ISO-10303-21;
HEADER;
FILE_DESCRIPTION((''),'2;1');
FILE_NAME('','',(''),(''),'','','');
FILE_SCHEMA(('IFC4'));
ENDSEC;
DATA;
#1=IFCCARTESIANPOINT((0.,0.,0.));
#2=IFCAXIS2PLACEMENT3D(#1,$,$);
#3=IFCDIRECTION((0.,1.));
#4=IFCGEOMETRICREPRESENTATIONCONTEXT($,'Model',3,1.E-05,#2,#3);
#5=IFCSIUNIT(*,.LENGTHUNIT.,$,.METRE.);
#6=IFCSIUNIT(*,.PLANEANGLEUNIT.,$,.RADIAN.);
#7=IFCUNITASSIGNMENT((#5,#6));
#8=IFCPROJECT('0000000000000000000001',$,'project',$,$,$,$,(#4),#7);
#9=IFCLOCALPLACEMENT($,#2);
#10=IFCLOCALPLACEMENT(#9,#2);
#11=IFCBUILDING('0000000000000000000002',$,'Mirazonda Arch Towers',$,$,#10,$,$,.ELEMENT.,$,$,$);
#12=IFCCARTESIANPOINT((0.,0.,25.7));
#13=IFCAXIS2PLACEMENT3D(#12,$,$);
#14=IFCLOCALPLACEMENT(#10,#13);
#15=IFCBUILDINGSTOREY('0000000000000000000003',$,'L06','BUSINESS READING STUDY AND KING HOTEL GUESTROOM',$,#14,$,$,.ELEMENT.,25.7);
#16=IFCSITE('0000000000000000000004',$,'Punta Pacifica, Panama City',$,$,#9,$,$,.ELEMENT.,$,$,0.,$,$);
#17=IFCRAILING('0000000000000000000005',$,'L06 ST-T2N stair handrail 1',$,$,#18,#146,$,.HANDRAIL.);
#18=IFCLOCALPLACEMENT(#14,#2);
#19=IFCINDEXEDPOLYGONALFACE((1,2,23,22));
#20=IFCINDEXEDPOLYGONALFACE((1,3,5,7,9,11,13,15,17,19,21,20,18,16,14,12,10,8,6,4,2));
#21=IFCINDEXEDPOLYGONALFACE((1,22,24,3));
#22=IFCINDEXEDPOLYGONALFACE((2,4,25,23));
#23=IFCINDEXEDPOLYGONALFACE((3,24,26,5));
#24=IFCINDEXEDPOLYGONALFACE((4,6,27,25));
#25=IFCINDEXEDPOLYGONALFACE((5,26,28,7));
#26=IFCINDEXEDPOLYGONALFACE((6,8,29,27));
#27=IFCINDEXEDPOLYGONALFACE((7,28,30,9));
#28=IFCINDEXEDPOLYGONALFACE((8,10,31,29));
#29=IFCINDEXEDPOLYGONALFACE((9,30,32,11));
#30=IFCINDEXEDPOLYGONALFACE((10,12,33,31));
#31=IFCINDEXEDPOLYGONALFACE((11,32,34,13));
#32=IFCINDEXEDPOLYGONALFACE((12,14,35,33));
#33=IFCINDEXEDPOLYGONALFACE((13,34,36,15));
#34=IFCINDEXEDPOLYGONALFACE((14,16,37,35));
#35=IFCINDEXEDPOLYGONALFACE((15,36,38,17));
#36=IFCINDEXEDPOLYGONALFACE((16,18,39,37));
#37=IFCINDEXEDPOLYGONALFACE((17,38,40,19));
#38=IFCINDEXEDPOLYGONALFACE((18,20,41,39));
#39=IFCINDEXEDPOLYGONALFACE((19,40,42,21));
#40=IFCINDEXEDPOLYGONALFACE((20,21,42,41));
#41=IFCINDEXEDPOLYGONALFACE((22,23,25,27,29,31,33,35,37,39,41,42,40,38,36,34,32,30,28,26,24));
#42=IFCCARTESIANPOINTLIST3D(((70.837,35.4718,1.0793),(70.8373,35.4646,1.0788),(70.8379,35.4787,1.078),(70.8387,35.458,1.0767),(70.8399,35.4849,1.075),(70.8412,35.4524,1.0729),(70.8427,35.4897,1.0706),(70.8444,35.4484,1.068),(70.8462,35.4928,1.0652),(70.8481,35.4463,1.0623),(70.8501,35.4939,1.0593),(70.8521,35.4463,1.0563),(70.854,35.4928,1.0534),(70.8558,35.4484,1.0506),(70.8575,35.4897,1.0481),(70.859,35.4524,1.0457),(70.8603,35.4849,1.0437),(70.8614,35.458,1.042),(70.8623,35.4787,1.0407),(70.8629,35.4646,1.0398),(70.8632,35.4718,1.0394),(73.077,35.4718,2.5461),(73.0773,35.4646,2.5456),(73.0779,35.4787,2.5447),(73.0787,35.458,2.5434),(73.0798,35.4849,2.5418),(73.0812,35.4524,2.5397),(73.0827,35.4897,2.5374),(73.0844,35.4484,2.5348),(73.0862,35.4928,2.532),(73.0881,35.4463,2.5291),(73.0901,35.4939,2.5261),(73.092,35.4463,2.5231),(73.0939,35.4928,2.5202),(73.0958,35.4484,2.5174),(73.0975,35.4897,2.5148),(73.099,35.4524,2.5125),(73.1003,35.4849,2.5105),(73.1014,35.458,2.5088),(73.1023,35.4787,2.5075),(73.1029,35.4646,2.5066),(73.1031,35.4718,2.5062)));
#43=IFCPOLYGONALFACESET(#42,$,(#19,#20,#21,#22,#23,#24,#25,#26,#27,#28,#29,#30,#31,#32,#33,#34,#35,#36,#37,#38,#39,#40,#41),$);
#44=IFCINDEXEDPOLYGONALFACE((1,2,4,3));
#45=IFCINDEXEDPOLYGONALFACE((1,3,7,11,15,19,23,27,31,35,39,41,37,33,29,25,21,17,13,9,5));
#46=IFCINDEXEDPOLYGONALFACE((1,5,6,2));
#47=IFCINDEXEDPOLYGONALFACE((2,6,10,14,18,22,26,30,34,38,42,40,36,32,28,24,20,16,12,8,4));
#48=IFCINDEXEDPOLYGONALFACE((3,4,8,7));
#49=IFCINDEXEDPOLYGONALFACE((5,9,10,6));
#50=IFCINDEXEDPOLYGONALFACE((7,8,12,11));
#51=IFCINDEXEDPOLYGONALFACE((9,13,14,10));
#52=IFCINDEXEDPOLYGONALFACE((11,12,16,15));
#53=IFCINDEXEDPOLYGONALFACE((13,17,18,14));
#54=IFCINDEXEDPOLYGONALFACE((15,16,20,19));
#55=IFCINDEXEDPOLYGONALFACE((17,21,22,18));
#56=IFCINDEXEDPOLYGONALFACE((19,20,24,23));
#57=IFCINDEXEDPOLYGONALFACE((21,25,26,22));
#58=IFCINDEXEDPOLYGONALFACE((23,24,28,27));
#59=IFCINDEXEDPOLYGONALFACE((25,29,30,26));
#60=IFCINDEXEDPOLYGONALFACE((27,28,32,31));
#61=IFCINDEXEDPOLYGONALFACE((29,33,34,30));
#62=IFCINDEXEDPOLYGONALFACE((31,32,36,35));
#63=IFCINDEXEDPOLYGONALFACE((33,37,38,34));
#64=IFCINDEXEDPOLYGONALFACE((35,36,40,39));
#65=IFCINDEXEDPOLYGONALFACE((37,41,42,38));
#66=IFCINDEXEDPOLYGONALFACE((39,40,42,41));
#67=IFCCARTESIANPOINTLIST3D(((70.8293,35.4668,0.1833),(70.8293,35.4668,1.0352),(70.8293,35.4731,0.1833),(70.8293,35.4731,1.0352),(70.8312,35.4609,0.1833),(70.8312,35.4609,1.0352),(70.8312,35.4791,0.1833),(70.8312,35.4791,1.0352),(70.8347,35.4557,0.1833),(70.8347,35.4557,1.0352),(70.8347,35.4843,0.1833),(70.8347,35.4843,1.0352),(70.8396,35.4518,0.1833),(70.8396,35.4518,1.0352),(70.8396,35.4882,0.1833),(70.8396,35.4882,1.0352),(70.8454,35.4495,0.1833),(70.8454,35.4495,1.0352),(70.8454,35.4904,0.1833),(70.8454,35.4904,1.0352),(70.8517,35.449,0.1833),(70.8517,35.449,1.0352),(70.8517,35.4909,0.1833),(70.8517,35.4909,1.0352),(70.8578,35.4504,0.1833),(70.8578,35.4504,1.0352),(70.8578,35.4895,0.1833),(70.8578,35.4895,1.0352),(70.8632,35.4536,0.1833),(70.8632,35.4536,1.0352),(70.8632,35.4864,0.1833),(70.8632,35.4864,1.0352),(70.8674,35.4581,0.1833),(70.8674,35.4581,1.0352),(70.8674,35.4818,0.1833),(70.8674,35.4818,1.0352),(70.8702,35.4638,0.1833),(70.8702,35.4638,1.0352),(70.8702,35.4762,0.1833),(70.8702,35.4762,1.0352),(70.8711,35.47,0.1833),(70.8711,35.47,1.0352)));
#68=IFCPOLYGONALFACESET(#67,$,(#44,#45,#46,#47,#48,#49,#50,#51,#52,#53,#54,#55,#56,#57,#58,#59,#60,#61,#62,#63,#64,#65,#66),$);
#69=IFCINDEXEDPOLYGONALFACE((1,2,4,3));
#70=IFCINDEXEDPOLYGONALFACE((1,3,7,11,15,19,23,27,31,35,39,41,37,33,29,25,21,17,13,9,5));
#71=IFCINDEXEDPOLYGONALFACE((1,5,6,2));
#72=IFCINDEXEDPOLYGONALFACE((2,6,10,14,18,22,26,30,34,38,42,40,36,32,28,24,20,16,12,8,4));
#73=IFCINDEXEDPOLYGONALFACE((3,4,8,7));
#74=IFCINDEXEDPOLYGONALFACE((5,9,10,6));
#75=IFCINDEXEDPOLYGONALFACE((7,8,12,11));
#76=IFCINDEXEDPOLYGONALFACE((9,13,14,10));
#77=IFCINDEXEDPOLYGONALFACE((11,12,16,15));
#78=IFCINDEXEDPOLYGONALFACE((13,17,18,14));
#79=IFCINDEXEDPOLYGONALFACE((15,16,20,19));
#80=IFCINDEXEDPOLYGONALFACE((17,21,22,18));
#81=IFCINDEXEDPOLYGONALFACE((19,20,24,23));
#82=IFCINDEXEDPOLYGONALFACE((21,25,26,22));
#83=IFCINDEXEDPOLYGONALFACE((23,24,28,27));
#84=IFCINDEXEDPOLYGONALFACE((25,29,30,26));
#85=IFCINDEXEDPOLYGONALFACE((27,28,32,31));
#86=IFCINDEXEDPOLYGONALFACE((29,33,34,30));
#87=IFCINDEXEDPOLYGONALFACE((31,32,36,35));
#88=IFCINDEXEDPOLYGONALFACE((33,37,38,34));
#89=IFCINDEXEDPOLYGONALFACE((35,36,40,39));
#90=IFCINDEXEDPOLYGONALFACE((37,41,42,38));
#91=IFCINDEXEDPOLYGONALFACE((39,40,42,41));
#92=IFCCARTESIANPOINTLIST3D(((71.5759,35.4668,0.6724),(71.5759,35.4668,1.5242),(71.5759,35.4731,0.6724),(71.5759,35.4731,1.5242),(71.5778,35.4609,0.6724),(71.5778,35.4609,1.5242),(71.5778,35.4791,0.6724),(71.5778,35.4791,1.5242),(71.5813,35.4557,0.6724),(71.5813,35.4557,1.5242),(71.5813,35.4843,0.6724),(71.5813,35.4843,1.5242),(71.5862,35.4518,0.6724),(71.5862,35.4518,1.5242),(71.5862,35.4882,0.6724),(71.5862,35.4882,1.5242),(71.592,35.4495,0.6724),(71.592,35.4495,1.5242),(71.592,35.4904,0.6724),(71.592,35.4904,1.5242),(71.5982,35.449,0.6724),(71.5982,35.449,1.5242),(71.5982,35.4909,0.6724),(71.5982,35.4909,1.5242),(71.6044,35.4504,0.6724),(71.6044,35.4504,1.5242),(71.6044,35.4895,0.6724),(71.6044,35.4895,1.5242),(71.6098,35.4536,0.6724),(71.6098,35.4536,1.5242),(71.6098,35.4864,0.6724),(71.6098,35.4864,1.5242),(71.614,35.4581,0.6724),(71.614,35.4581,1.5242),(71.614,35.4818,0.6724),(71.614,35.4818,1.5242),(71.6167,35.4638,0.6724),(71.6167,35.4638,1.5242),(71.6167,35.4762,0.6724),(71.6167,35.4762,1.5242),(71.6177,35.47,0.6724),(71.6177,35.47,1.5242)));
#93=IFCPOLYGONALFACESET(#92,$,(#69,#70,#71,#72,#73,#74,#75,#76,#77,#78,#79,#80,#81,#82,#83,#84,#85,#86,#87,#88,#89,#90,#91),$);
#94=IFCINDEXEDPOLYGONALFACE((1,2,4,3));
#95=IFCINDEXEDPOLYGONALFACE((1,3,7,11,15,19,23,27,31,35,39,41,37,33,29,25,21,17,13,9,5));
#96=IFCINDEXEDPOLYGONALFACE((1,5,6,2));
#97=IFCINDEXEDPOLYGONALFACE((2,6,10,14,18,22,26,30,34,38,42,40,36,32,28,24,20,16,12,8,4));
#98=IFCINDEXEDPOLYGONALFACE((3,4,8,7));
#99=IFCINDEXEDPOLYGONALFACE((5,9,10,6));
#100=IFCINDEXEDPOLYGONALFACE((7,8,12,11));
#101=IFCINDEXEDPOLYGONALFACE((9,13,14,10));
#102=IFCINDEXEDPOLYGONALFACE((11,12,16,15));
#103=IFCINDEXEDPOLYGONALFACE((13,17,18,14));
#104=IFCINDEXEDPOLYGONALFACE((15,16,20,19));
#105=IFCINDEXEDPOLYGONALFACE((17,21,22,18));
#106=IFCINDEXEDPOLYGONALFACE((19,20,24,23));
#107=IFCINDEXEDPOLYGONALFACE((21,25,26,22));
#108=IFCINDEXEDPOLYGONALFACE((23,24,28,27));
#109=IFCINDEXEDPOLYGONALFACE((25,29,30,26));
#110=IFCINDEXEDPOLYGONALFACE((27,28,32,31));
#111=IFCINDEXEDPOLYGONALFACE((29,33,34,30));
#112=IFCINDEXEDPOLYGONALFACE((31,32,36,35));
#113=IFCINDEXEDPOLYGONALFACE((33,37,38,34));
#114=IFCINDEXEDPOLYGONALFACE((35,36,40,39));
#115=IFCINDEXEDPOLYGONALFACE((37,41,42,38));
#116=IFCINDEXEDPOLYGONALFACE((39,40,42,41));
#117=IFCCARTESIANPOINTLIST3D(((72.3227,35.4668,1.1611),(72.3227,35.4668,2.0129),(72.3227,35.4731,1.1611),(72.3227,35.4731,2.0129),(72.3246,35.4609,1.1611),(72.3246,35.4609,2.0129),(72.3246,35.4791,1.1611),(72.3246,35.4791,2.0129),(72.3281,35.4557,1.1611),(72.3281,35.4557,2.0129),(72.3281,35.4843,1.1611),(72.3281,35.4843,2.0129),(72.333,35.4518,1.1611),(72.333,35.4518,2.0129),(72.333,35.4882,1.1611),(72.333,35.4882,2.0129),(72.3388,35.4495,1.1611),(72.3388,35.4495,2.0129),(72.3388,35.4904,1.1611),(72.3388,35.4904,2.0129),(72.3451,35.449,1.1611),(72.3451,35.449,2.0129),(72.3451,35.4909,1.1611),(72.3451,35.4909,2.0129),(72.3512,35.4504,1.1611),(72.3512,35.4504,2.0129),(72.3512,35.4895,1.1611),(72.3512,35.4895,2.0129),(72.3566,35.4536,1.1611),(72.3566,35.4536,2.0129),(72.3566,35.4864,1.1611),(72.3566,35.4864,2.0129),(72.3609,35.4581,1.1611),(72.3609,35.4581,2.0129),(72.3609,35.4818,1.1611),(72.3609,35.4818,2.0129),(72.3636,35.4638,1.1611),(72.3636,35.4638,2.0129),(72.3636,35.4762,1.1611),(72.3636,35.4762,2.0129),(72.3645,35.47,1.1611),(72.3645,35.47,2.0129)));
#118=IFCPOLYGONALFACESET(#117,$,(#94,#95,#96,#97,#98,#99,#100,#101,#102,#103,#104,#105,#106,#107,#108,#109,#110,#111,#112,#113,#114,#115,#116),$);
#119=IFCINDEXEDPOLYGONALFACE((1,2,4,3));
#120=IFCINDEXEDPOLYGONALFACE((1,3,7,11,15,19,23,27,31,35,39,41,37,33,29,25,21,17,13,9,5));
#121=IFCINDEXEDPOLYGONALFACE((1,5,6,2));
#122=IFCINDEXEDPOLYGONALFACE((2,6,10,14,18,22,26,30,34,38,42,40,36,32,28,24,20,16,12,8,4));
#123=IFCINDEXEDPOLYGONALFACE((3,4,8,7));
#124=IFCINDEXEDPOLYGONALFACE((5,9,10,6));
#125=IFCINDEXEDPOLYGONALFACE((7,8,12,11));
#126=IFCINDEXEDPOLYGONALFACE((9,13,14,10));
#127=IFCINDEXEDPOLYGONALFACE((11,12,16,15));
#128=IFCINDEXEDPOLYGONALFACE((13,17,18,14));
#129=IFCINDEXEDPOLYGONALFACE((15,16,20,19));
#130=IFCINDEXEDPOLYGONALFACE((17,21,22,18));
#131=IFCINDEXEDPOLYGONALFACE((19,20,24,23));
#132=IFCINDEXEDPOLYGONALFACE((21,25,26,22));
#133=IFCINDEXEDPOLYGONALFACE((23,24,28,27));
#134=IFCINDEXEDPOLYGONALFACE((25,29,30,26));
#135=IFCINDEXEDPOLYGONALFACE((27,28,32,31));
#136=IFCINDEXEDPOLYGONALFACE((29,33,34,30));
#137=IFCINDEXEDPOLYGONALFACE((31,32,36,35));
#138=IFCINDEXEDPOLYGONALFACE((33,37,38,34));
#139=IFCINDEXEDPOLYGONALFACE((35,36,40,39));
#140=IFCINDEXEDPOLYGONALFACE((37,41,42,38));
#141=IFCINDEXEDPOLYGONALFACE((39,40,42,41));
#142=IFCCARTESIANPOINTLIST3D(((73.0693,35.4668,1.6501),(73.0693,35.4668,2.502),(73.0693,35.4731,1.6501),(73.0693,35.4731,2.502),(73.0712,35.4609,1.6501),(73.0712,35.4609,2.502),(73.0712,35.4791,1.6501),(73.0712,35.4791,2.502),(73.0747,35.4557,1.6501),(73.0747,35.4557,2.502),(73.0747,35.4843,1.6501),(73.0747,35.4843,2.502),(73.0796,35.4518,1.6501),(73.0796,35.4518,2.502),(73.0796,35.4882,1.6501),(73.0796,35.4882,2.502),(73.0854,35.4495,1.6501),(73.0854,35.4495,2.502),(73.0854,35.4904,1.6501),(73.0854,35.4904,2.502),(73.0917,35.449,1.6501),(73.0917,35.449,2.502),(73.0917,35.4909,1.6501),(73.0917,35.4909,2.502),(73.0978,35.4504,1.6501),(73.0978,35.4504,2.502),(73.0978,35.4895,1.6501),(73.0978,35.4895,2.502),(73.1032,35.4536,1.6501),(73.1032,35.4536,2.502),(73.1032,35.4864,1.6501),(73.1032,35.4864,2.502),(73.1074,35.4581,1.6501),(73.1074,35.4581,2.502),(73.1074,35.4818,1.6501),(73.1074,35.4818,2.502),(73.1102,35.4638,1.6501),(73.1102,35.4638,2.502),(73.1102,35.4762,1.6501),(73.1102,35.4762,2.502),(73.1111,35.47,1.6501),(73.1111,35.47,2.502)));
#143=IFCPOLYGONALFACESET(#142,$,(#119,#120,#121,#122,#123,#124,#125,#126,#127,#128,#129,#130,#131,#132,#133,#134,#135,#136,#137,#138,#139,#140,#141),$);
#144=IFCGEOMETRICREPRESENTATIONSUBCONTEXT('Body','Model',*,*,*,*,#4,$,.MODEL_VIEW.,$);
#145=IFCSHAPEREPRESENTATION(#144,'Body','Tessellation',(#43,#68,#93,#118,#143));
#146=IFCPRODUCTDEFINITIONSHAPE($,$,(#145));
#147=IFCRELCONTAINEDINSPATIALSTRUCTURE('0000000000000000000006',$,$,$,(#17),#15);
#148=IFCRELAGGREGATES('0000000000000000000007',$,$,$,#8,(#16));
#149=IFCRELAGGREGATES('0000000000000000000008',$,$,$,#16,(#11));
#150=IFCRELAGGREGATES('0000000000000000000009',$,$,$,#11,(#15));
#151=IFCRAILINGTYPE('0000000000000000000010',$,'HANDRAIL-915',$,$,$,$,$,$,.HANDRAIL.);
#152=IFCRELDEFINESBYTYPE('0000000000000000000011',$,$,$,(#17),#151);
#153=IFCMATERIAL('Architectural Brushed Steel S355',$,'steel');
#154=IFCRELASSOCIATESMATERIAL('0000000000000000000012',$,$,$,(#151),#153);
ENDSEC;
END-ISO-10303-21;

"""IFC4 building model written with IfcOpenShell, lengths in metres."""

from ifc_helpers import new_model, si_unit, direction, frame, origin, origin_2d, place, context, subcontext, project, spatial, circle, extrude, material, type_object, element, save


model = new_model("IFC4")

# Units and contexts
model_context = context("Model", 3, precision=1e-05, world=origin(), true_north=direction((0.0, 1.0)))
body_context = subcontext(model_context, "Body", "Model", "MODEL_VIEW")
ifc_project = project(units=[si_unit("LENGTHUNIT", "METRE"), si_unit("PLANEANGLEUNIT", "RADIAN")], contexts=[model_context])

# Site, building, storey
site_placement = place(None, origin())
site = spatial("IfcSite", under=ifc_project, at=site_placement, Name="Punta Pacifica, Panama City", CompositionType="ELEMENT", RefElevation=0.0)
building_placement = place(site_placement, origin())
building = spatial("IfcBuilding", under=site, at=building_placement, Name="Mirazonda Arch Towers", CompositionType="ELEMENT")
storey_placement = place(building_placement, frame((0.0, 0.0, 25.7)))
storey = spatial("IfcBuildingStorey", under=building, at=storey_placement, Name="L06", Description="BUSINESS READING STUDY AND KING HOTEL GUESTROOM", CompositionType="ELEMENT", Elevation=25.7)

# Shared definitions
ifc_material_1 = material(Name="Architectural Brushed Steel S355", Category="steel")

# Railing
railing_type = type_object("IfcRailingType", Name="HANDRAIL-915", PredefinedType="HANDRAIL", material=ifc_material_1)
railing_placement = place(storey_placement, frame((70.8501, 35.47, 0.1833)))
element("IfcRailing", 1, at=railing_placement, inside=storey, type_object=railing_type, Name="L06 ST-T2N stair handrail 1", PredefinedType="HANDRAIL", context=body_context, shape_type="SweptSolid", body=[
    extrude(circle(Radius=0.0239, at=origin_2d()), frame((0.0, 0.0, 0.876), z_axis=(0.836595, 0.0, 0.547822), x_axis=(0.0, 1.0, 0.0)), (0.0, 0.0, 1.0), 2.6775),
    extrude(circle(Radius=0.021, at=origin_2d()), origin(), (0.0, 0.0, 1.0), 0.8518),
    extrude(circle(Radius=0.021, at=origin_2d()), frame((0.7466, 0.0, 0.489)), (0.0, 0.0, 1.0), 0.8518),
    extrude(circle(Radius=0.021, at=origin_2d()), frame((1.4934, 0.0, 0.9778)), (0.0, 0.0, 1.0), 0.8518),
    extrude(circle(Radius=0.021, at=origin_2d()), frame((2.24, 0.0, 1.4668)), (0.0, 0.0, 1.0), 0.8518),
])

save(model, "model.ifc")
